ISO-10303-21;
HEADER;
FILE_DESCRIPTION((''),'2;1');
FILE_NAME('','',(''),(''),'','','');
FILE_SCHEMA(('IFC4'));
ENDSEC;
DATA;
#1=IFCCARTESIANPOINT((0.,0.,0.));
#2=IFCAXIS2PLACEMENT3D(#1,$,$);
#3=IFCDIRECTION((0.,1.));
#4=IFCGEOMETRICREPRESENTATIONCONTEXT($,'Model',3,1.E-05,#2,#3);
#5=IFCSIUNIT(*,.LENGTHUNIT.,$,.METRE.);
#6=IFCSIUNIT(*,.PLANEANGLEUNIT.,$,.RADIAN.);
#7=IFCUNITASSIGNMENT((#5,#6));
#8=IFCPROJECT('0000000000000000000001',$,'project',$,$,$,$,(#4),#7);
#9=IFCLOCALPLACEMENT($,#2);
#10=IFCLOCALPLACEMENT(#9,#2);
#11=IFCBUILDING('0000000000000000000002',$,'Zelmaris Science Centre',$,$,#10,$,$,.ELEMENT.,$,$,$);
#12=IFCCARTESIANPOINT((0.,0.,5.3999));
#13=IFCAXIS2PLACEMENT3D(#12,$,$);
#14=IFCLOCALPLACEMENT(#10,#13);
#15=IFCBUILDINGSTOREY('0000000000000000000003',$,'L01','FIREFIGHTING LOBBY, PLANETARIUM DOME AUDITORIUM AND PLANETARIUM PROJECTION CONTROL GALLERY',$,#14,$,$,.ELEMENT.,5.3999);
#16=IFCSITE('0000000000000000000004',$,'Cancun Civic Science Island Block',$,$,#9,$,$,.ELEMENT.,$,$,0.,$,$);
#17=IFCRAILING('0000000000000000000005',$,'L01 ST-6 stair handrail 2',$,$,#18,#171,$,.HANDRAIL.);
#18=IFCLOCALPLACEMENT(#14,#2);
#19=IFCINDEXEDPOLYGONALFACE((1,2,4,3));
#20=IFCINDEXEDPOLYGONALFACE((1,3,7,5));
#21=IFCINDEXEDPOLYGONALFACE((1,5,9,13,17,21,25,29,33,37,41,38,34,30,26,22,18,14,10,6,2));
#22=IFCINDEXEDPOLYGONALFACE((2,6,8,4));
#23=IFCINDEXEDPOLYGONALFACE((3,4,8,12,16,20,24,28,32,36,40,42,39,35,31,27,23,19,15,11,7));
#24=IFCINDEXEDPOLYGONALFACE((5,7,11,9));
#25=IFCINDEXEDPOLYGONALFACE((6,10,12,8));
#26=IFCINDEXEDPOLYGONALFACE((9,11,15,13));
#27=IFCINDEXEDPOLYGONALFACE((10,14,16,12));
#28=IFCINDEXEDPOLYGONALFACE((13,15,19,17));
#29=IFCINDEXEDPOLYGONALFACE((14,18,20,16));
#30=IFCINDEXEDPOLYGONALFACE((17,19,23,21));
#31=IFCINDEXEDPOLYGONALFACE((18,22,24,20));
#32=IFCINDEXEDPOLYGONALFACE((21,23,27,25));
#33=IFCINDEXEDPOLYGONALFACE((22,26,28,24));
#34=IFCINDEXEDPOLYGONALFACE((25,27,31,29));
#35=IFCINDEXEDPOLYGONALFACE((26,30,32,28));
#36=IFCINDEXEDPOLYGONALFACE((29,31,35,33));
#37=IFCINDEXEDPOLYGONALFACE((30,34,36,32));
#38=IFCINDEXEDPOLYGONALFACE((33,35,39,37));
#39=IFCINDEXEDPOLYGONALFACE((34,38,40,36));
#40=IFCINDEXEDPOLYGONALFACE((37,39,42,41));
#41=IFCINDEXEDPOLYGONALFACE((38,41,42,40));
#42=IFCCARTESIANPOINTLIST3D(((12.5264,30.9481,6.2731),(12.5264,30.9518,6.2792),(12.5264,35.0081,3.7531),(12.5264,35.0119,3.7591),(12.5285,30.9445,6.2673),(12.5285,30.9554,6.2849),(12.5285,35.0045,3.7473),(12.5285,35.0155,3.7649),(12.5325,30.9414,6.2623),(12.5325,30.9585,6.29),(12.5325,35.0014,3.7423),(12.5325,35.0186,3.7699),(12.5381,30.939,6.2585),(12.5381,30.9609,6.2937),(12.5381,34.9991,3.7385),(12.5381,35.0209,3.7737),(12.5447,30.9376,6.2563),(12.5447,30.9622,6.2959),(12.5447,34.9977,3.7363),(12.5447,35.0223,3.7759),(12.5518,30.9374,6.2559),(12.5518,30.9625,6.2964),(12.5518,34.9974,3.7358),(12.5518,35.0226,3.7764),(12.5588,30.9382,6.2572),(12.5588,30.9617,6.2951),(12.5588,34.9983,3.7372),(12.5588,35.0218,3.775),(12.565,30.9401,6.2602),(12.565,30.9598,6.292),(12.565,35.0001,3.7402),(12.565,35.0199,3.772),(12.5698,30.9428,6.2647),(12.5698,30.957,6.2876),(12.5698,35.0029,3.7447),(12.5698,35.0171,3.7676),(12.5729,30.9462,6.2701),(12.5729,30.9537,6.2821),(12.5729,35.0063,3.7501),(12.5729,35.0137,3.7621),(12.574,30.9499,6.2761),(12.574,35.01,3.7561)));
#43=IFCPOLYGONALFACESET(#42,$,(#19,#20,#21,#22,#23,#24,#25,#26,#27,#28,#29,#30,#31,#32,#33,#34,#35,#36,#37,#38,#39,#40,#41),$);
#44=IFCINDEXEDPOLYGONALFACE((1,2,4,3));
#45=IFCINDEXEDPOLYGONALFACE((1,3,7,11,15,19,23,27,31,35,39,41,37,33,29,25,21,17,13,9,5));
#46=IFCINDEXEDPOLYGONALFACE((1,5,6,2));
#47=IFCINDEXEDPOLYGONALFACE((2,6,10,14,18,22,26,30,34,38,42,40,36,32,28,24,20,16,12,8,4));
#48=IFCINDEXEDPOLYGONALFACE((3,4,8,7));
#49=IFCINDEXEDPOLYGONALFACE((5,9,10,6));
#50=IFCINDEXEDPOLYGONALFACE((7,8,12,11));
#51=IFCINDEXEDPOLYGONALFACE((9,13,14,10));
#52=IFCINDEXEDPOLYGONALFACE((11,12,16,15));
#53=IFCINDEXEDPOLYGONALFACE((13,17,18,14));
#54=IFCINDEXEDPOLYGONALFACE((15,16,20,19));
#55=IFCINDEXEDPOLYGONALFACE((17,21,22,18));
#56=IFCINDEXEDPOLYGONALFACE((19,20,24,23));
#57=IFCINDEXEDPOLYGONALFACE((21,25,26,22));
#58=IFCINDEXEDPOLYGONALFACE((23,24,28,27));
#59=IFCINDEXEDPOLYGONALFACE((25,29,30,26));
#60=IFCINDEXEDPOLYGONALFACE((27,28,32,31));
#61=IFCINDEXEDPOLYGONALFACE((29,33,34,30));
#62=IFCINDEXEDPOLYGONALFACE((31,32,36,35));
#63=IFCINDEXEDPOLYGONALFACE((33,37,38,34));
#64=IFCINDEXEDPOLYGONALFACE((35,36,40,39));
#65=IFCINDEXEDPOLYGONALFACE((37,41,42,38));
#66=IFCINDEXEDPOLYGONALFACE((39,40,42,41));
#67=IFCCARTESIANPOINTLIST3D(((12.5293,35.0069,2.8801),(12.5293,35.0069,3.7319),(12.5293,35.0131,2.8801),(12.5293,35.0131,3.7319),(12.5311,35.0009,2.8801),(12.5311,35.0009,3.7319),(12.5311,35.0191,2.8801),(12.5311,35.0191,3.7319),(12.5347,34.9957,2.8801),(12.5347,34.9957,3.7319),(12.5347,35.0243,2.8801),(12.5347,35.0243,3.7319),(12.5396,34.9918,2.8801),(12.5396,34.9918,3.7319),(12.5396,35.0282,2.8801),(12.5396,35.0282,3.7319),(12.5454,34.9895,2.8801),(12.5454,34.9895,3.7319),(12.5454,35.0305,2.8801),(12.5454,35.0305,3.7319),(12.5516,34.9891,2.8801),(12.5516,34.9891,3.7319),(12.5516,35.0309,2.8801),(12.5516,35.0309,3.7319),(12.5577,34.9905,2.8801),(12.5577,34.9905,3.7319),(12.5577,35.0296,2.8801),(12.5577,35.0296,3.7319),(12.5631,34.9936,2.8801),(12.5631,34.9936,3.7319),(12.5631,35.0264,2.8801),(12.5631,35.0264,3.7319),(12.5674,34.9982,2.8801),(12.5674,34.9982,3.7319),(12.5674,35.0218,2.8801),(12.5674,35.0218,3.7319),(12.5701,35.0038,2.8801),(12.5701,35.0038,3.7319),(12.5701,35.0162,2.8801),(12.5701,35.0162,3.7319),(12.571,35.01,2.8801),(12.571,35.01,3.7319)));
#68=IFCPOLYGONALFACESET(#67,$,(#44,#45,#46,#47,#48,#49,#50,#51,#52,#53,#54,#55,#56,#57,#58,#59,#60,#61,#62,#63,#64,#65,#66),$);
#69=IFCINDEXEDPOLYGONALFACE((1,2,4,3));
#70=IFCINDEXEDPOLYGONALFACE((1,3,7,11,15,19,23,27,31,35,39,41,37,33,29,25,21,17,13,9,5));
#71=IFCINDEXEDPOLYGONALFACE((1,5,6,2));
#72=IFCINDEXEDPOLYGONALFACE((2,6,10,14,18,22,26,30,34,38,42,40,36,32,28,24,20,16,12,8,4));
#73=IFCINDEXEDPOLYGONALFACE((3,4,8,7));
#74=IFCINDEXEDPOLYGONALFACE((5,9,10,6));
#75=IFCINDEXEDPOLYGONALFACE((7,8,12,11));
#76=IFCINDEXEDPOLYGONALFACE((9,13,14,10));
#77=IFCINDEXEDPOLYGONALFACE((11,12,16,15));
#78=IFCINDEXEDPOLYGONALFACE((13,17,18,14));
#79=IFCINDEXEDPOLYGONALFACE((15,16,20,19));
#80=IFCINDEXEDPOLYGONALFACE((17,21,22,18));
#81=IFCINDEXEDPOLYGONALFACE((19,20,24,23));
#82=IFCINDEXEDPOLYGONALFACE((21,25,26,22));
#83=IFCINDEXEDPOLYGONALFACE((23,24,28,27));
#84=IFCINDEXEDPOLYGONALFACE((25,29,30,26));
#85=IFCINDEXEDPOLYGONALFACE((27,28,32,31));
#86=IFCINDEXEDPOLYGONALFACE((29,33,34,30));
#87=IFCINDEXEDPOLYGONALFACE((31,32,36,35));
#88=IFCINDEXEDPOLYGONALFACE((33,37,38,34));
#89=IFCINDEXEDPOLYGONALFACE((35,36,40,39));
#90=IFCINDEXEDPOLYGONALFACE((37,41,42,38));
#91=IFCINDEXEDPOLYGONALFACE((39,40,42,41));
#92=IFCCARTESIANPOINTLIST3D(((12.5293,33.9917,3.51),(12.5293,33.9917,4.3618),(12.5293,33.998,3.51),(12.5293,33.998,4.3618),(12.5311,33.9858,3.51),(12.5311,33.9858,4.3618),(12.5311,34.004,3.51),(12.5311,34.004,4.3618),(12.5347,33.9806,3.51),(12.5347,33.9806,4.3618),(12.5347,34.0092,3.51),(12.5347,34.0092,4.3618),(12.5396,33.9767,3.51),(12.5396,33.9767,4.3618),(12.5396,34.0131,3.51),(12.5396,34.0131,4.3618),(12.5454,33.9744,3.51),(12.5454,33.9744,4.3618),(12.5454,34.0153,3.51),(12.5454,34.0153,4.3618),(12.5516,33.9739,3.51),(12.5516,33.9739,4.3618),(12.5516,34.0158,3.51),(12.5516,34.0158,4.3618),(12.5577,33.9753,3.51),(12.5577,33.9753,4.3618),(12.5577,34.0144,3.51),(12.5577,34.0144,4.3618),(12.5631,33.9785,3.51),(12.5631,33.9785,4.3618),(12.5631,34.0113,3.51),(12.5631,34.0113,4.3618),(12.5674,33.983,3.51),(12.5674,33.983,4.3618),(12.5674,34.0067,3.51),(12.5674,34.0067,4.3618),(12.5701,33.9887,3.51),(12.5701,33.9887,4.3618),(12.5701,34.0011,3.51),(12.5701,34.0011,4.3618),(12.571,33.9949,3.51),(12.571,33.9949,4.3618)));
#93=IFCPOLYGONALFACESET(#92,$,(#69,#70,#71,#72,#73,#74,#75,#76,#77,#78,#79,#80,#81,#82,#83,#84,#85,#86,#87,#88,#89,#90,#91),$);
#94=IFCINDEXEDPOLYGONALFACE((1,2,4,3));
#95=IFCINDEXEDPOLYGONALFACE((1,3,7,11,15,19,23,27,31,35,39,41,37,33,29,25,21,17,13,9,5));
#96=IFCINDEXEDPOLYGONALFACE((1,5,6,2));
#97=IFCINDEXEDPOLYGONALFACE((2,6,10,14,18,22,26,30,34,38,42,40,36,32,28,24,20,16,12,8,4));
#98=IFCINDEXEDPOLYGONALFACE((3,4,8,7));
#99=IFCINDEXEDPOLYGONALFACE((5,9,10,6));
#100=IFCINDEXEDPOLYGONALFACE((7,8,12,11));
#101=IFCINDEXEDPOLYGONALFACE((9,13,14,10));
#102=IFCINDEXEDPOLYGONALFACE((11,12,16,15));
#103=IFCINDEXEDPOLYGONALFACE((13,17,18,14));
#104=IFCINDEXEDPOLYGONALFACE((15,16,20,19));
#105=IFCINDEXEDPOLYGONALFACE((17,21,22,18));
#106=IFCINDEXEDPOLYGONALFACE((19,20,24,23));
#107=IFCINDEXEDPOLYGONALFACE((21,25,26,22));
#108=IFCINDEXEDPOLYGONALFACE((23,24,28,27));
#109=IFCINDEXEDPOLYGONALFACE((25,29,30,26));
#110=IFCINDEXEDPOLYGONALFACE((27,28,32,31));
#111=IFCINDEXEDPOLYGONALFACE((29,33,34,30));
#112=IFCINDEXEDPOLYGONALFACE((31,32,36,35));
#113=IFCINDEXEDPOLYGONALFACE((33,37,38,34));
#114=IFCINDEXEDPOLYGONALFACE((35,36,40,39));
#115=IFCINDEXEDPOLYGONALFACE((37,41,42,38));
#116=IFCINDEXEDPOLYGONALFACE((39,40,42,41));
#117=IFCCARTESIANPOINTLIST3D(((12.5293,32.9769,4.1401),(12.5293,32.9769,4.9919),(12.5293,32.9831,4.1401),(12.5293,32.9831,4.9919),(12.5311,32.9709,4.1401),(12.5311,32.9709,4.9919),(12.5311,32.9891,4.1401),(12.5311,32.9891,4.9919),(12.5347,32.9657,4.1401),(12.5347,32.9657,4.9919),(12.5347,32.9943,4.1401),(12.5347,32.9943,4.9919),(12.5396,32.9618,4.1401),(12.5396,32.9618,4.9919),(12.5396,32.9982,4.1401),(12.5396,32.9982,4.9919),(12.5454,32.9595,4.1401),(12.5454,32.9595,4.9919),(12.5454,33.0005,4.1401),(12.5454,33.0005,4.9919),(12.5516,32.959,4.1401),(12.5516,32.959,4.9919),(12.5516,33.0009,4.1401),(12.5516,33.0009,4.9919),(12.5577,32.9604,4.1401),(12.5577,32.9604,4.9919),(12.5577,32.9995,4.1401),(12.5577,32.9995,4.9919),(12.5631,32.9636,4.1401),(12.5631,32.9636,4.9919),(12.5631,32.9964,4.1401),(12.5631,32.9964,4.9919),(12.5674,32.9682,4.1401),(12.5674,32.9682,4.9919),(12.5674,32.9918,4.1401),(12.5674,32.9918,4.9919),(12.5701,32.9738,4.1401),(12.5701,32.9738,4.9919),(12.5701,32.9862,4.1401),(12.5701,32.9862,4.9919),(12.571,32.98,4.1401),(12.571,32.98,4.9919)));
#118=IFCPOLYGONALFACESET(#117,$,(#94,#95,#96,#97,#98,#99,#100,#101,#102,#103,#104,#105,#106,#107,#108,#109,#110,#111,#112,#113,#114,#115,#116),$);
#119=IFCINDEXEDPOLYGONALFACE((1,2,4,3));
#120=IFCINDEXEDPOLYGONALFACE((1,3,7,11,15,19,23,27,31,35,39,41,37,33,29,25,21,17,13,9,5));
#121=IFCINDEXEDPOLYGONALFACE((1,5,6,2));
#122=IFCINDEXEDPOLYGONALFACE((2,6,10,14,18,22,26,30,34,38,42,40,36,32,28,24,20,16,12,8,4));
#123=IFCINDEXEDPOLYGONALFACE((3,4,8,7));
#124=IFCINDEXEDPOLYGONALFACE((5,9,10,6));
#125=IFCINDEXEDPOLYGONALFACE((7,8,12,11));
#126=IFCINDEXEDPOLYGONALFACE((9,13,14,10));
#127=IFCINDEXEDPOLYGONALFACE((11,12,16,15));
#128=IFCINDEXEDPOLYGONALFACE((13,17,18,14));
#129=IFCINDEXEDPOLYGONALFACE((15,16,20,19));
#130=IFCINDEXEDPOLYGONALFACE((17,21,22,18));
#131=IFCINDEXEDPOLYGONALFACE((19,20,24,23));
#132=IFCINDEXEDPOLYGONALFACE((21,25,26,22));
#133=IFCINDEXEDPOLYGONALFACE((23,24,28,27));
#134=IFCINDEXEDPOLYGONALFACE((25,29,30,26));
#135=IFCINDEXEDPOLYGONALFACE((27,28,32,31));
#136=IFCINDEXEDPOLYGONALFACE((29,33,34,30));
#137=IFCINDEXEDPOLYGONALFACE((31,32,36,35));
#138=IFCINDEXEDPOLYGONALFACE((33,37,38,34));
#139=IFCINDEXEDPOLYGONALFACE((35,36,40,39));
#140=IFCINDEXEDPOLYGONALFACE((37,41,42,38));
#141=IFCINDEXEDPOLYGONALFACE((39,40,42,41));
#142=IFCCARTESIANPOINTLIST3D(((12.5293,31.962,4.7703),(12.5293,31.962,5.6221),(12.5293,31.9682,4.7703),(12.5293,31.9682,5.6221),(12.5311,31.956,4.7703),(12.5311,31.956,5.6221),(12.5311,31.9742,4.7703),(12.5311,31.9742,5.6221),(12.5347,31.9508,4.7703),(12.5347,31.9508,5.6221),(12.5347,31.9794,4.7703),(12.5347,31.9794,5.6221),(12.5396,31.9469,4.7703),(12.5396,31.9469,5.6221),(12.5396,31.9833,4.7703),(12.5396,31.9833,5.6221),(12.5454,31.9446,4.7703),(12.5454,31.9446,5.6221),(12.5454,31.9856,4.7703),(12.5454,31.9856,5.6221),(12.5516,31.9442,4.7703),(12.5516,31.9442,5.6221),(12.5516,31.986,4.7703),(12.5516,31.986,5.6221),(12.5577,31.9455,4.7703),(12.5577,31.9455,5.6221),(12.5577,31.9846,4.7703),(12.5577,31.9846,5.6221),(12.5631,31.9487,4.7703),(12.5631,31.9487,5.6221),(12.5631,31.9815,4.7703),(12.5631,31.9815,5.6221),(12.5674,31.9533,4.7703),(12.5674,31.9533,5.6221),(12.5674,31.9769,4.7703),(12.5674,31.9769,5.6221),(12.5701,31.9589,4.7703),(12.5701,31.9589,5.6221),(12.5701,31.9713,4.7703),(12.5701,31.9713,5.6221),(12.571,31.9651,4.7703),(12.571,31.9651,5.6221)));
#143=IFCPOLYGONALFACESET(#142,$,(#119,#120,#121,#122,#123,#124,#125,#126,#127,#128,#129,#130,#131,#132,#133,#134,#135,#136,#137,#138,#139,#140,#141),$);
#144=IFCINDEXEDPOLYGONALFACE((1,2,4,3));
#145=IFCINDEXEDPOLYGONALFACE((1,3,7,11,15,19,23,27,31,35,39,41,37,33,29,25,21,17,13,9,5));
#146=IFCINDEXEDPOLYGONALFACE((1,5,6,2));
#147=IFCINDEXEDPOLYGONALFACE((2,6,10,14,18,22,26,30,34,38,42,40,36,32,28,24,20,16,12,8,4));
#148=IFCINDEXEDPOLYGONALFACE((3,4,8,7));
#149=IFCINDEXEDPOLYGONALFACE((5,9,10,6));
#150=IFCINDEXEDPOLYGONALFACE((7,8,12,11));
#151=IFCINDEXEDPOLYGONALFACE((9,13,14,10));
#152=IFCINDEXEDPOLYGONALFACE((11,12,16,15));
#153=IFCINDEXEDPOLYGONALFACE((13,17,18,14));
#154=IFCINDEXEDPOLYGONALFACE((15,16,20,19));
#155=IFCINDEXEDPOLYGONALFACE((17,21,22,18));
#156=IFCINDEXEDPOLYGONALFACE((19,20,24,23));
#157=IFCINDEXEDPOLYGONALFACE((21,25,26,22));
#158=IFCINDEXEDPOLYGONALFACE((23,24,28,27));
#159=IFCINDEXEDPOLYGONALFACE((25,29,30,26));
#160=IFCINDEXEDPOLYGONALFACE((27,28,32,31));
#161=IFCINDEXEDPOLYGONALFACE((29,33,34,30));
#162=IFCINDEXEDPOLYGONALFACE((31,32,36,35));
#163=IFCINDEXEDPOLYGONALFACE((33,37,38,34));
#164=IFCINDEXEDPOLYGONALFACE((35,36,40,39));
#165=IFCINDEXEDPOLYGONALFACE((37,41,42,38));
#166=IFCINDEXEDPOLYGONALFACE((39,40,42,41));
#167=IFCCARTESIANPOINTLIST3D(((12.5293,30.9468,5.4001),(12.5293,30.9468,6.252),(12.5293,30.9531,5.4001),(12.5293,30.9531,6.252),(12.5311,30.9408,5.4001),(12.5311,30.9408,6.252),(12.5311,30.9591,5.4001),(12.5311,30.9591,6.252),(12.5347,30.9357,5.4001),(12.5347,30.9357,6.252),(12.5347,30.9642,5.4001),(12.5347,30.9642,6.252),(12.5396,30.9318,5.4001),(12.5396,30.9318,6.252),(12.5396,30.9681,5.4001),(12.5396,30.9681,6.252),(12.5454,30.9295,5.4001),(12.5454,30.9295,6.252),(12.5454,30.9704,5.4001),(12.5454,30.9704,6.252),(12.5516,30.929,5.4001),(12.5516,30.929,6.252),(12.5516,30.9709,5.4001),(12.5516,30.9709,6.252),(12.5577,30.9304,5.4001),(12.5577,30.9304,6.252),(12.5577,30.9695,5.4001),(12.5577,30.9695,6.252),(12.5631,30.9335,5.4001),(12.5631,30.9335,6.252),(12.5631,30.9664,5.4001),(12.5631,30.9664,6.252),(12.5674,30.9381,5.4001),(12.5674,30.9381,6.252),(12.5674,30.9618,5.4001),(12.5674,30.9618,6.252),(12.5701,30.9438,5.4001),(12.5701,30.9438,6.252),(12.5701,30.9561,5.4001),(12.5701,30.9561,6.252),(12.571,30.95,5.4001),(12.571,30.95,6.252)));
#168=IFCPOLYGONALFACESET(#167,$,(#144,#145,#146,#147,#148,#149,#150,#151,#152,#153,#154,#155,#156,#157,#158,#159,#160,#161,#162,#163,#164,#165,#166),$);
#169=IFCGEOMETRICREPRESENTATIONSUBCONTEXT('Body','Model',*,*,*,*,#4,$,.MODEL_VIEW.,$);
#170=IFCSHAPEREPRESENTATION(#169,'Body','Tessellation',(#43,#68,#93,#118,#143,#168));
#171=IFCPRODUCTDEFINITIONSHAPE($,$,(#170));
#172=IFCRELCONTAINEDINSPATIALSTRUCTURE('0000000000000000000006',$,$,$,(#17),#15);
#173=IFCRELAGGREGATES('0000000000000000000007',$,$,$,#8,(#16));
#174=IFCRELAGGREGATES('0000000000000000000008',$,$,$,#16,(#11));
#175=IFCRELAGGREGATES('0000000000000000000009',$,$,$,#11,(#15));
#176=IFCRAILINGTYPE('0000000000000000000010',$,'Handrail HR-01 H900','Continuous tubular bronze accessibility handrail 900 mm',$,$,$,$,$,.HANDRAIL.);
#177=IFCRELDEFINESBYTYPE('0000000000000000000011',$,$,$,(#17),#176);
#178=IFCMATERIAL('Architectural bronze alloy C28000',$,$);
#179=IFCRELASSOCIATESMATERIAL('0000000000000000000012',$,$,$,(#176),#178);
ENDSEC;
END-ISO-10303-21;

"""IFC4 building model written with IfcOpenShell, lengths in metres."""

from ifc_helpers import new_model, si_unit, direction, frame, origin, origin_2d, place, context, subcontext, project, spatial, circle, extrude, material, type_object, element, save


model = new_model("IFC4")

# Units and contexts
model_context = context("Model", 3, precision=1e-05, world=origin(), true_north=direction((0.0, 1.0)))
body_context = subcontext(model_context, "Body", "Model", "MODEL_VIEW")
ifc_project = project(units=[si_unit("LENGTHUNIT", "METRE"), si_unit("PLANEANGLEUNIT", "RADIAN")], contexts=[model_context])

# Site, building, storey
site_placement = place(None, origin())
site = spatial("IfcSite", under=ifc_project, at=site_placement, Name="Cancun Civic Science Island Block", CompositionType="ELEMENT", RefElevation=0.0)
building_placement = place(site_placement, origin())
building = spatial("IfcBuilding", under=site, at=building_placement, Name="Zelmaris Science Centre", CompositionType="ELEMENT")
storey_placement = place(building_placement, frame((0.0, 0.0, 5.3999)))
storey = spatial("IfcBuildingStorey", under=building, at=storey_placement, Name="L01", Description="FIREFIGHTING LOBBY, PLANETARIUM DOME AUDITORIUM AND PLANETARIUM PROJECTION CONTROL GALLERY", CompositionType="ELEMENT", Elevation=5.3999)

# Shared definitions
ifc_material_1 = material(Name="Architectural bronze alloy C28000")

# Railing
railing_type_1 = type_object("IfcRailingType", Name="Handrail HR-01 H900", Description="Continuous tubular bronze accessibility handrail 900 mm", PredefinedType="HANDRAIL", material=ifc_material_1)
railing_1_placement = place(storey_placement, frame((12.55, 35.01, 2.8801)))
element("IfcRailing", 1, at=railing_1_placement, inside=storey, type_object=railing_type_1, Name="L01 ST-6 stair handrail 2", PredefinedType="HANDRAIL", context=body_context, shape_type="SweptSolid", body=[
    extrude(circle(Radius=0.0239, at=origin_2d()), frame((0.0, 0.0, 0.876), z_axis=(0.0, -0.849642, 0.52736), x_axis=(1.0, 0.0, 0.0)), (0.0, 0.0, 1.0), 4.7786),
    extrude(circle(Radius=0.021, at=origin_2d()), origin(), (0.0, 0.0, 1.0), 0.8518),
    extrude(circle(Radius=0.021, at=origin_2d()), frame((0.0, -1.0151, 0.6299)), (0.0, 0.0, 1.0), 0.8518),
    extrude(circle(Radius=0.021, at=origin_2d()), frame((0.0, -2.03, 1.26)), (0.0, 0.0, 1.0), 0.8518),
    extrude(circle(Radius=0.021, at=origin_2d()), frame((0.0, -3.0449, 1.8901)), (0.0, 0.0, 1.0), 0.8518),
    extrude(circle(Radius=0.021, at=origin_2d()), frame((0.0, -4.0601, 2.52)), (0.0, 0.0, 1.0), 0.8518),
])

save(model, "model.ifc")
